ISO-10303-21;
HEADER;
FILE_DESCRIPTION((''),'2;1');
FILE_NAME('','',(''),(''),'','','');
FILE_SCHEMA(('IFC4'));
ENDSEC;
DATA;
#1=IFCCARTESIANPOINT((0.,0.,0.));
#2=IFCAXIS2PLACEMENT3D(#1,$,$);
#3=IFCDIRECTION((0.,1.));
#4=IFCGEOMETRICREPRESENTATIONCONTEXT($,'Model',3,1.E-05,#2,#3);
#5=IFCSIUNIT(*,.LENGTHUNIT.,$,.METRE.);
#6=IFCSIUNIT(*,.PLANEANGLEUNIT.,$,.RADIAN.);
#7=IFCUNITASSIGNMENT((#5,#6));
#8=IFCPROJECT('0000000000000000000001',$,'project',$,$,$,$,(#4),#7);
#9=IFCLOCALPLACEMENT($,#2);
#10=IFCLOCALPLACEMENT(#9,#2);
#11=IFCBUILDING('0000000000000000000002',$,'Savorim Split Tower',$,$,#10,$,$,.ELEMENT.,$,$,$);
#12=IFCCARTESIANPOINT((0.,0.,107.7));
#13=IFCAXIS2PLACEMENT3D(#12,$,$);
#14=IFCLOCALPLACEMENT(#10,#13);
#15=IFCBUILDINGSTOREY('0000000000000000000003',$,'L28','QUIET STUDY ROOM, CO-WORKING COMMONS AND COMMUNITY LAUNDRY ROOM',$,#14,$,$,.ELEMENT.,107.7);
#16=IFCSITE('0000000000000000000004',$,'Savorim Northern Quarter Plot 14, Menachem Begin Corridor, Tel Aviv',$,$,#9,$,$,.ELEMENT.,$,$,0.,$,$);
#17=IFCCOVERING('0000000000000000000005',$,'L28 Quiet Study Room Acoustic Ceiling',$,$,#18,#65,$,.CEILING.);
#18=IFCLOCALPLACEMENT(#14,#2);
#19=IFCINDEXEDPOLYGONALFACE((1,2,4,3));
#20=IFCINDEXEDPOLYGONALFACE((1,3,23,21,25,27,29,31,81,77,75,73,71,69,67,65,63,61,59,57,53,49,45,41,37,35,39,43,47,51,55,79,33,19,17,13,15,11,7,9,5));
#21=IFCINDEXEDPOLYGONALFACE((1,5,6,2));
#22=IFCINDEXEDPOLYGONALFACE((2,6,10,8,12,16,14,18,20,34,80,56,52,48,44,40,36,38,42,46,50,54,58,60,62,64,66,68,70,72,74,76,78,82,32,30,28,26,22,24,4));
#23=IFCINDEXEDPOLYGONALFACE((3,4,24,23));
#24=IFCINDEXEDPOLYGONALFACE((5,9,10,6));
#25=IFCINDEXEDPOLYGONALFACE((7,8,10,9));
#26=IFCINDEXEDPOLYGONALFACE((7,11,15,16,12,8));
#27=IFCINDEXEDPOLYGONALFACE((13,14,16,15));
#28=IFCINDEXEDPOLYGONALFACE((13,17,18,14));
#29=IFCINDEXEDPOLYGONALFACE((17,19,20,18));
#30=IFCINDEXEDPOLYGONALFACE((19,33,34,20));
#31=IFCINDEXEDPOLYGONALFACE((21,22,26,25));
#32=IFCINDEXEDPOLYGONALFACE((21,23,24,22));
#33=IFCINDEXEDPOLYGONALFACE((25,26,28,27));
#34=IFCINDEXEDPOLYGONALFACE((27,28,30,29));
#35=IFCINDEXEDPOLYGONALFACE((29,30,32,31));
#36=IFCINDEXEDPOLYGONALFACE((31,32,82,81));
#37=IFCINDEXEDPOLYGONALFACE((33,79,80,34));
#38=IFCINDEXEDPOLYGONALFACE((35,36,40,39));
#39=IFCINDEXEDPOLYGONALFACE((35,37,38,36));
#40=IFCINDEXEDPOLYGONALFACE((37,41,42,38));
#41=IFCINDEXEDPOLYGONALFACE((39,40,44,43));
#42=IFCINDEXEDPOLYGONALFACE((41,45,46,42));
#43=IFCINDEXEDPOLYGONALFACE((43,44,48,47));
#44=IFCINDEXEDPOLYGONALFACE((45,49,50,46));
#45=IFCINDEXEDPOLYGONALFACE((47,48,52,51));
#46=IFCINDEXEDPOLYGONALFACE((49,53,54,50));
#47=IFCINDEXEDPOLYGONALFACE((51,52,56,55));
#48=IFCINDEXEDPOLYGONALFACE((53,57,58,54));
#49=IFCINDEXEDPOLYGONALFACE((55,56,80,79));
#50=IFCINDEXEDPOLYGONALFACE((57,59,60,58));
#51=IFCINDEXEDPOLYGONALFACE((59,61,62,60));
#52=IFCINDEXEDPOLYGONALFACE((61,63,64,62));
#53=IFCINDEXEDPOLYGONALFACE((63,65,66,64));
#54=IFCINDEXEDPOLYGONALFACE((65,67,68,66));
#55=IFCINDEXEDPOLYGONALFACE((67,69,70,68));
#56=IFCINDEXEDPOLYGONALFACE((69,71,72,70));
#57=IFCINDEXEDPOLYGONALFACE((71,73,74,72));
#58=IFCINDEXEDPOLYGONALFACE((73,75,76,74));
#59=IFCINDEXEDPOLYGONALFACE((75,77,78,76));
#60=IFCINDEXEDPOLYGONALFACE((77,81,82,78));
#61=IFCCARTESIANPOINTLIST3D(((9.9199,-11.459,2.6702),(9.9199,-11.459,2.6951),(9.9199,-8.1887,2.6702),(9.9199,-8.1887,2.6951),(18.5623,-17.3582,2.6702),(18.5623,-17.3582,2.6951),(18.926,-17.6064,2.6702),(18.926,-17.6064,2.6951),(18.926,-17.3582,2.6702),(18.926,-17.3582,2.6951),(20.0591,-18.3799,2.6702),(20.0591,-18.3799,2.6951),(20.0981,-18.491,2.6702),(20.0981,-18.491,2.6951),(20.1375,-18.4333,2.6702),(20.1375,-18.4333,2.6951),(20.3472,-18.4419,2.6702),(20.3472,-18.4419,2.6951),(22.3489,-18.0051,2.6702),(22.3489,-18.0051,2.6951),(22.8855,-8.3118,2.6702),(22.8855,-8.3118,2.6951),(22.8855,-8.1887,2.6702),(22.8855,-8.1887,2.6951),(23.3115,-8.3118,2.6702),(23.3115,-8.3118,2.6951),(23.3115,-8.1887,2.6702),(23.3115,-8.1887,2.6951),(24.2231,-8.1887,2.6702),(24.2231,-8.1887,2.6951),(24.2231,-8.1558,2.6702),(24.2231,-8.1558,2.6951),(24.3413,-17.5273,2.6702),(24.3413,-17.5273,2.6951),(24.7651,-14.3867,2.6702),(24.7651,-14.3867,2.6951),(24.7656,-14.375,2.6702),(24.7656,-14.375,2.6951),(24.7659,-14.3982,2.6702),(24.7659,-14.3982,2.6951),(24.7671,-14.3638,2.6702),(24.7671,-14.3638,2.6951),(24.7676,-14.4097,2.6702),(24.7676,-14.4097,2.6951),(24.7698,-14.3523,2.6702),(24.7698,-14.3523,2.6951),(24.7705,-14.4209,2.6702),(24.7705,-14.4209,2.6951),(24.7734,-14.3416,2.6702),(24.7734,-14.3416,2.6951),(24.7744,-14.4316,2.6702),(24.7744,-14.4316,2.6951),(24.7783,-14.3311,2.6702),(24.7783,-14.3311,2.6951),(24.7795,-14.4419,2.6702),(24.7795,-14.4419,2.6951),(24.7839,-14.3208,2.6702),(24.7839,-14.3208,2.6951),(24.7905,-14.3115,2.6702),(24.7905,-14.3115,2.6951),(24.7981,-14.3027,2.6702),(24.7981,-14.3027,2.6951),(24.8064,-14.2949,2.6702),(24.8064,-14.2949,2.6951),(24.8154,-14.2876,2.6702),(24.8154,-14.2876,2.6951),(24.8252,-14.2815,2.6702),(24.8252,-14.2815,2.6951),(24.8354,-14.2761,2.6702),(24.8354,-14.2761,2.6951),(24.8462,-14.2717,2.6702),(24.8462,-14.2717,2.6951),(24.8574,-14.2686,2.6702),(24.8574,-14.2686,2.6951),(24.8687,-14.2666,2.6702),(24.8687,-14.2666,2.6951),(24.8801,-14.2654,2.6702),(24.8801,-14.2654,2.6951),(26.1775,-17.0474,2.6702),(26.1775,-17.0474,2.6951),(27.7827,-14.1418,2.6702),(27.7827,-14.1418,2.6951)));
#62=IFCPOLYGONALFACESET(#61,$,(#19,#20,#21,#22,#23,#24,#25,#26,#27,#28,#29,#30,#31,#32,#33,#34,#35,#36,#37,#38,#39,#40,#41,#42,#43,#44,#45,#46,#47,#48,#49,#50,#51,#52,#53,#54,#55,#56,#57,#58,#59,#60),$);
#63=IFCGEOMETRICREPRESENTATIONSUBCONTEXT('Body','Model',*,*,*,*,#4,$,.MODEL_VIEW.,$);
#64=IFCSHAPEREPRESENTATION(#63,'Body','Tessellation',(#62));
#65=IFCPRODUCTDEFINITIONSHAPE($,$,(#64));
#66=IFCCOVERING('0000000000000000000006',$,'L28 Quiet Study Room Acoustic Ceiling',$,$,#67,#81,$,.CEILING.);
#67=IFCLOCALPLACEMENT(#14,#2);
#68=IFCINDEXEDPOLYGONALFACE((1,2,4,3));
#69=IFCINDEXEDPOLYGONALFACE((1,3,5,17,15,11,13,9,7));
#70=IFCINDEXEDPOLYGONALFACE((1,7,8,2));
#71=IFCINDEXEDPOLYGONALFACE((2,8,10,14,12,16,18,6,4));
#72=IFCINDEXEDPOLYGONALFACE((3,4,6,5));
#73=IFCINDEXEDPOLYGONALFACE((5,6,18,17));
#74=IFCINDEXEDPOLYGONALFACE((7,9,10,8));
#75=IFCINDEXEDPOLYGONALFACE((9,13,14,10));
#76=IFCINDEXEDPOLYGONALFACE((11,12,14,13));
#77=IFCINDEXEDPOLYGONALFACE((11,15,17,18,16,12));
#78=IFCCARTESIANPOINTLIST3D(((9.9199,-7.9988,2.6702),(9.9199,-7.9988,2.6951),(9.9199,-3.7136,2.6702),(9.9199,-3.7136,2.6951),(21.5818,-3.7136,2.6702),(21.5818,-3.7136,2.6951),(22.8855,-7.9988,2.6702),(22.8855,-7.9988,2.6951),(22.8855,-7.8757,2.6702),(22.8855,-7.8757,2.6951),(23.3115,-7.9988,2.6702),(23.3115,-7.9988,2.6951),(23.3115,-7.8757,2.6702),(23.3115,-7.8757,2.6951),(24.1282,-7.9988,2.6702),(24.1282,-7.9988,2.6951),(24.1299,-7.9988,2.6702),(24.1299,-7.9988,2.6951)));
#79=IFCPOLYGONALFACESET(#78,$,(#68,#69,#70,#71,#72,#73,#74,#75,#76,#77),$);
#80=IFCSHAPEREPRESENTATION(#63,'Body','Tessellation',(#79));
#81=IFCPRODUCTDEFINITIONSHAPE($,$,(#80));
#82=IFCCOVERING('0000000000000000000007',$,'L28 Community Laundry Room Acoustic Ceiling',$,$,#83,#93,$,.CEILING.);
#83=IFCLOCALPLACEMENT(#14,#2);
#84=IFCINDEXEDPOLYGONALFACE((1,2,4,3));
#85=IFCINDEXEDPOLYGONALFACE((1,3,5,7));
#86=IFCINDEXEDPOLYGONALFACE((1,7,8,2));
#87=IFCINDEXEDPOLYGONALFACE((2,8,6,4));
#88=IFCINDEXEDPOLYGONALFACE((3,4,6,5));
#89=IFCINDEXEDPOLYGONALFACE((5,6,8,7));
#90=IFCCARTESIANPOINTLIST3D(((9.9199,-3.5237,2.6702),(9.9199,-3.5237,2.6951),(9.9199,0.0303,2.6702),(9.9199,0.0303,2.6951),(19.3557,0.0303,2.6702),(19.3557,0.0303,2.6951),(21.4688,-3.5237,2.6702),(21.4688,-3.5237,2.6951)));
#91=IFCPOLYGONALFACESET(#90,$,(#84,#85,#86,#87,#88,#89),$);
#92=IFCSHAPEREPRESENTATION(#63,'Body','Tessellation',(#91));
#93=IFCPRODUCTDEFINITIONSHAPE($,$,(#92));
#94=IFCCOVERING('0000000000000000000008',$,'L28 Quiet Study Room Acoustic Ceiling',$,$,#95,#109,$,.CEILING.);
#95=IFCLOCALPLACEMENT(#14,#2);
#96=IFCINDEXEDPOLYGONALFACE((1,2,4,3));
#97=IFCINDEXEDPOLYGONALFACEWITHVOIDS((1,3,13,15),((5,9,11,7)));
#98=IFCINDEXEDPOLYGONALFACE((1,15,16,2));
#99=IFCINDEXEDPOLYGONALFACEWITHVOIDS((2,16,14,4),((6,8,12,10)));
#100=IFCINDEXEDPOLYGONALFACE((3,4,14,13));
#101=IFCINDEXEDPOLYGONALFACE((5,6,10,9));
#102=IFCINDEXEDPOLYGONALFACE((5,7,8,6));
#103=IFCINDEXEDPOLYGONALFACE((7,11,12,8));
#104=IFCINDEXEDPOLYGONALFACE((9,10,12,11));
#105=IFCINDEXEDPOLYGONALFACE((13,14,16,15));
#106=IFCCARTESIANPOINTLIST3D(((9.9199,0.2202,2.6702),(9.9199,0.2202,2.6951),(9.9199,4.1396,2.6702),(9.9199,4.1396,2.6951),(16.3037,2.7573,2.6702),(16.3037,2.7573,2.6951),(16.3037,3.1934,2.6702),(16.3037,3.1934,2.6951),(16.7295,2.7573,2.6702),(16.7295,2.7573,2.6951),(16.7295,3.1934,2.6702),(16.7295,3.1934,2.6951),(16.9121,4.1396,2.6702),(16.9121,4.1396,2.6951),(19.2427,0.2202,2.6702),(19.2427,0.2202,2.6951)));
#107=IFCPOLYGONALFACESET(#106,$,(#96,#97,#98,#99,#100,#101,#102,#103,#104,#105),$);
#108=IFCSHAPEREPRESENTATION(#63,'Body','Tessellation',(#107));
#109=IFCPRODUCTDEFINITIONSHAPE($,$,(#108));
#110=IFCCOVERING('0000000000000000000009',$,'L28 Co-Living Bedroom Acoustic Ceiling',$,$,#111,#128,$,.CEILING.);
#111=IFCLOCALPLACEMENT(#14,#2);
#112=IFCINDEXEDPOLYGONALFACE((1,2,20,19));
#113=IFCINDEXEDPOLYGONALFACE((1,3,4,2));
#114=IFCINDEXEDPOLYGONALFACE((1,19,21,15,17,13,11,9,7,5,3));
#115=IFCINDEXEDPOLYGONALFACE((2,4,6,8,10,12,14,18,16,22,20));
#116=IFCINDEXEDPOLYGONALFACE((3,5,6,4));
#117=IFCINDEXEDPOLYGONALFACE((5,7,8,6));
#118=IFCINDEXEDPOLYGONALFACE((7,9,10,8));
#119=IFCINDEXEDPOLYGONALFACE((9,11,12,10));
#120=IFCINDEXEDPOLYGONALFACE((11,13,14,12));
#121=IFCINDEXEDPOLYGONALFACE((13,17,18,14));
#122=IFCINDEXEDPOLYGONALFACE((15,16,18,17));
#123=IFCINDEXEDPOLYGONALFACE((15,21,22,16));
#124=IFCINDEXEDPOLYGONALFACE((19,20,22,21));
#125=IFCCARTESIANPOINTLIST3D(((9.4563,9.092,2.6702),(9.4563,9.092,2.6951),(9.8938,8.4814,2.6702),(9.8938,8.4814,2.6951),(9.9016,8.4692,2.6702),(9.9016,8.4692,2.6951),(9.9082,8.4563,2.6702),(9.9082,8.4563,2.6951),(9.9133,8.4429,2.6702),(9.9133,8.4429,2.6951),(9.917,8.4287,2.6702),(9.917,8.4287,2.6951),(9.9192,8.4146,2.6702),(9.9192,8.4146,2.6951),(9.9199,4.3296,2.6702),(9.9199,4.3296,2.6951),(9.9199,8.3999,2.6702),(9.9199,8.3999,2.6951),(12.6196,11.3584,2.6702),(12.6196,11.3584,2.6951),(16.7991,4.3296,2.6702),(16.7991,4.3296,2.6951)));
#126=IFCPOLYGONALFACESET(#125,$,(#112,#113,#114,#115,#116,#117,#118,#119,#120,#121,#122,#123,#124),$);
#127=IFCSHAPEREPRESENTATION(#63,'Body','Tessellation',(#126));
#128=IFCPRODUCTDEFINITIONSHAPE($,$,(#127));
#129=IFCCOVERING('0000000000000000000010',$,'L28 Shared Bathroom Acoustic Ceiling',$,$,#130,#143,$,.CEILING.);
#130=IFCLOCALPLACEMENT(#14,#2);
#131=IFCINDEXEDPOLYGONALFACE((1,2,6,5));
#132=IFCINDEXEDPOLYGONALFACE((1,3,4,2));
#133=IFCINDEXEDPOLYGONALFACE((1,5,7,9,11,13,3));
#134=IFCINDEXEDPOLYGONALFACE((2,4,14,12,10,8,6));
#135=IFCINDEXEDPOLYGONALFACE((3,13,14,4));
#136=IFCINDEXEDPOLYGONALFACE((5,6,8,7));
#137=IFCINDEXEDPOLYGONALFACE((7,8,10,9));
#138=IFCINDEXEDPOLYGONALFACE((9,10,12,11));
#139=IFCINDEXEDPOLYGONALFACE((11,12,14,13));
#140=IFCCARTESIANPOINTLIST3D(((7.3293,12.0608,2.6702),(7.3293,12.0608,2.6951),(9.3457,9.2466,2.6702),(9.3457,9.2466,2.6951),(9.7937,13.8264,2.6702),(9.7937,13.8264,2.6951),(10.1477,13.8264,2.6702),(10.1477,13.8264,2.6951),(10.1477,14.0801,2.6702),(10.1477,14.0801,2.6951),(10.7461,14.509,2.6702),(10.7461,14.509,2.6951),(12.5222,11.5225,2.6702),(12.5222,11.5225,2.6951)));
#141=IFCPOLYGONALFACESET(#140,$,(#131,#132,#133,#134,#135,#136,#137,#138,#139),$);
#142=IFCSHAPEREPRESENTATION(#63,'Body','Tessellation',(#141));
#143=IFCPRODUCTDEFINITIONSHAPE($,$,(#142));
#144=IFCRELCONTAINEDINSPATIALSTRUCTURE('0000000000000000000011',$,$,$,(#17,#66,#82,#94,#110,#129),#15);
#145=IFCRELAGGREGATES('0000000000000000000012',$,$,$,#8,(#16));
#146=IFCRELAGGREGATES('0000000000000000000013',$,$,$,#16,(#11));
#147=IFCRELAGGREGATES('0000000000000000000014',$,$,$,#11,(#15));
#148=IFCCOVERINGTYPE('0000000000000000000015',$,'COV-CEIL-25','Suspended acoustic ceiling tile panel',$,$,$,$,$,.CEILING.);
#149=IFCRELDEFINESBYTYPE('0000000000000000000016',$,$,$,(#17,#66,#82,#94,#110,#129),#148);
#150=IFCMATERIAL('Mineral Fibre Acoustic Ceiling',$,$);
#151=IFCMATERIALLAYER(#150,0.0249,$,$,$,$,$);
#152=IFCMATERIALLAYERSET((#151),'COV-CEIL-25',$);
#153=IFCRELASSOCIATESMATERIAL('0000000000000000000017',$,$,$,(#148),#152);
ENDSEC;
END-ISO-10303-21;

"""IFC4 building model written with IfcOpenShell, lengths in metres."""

from ifc_helpers import new_model, si_unit, direction, frame, origin, place, context, subcontext, project, spatial, polyline, outline, extrude, material, layer, layer_set, type_object, element, save


model = new_model("IFC4")

# Units and contexts
model_context = context("Model", 3, precision=1e-05, world=origin(), true_north=direction((0.0, 1.0)))
body_context = subcontext(model_context, "Body", "Model", "MODEL_VIEW")
ifc_project = project(units=[si_unit("LENGTHUNIT", "METRE"), si_unit("PLANEANGLEUNIT", "RADIAN")], contexts=[model_context])

# Site, building, storey
site_placement = place(None, origin())
site = spatial("IfcSite", under=ifc_project, at=site_placement, Name="Savorim Northern Quarter Plot 14, Menachem Begin Corridor, Tel Aviv", CompositionType="ELEMENT", RefElevation=0.0)
building_placement = place(site_placement, origin())
building = spatial("IfcBuilding", under=site, at=building_placement, Name="Savorim Split Tower", CompositionType="ELEMENT")
storey_placement = place(building_placement, frame((0.0, 0.0, 107.7)))
storey = spatial("IfcBuildingStorey", under=building, at=storey_placement, Name="L28", Description="QUIET STUDY ROOM, CO-WORKING COMMONS AND COMMUNITY LAUNDRY ROOM", CompositionType="ELEMENT", Elevation=107.7)

# Coverings
ifc_material_1 = material(Name="Mineral Fibre Acoustic Ceiling")
ifc_layer_1 = layer(ifc_material_1, 0.0249)
ifc_layer_set_1 = layer_set([ifc_layer_1], Name="COV-CEIL-25")
covering_type_1 = type_object("IfcCoveringType", Name="COV-CEIL-25", Description="Suspended acoustic ceiling tile panel", PredefinedType="CEILING", material=ifc_layer_set_1)
covering_1_placement = place(storey_placement, frame((0.0, 0.0, 2.6702)))
element("IfcCovering", 1, at=covering_1_placement, inside=storey, type_object=covering_type_1, Name="L28 Quiet Study Room Acoustic Ceiling", PredefinedType="CEILING", context=body_context, shape_type="SweptSolid", body=[
    extrude(outline(polyline([(24.8574, -14.2686), (24.8687, -14.2666), (24.8801, -14.2654), (27.7827, -14.1418), (24.2231, -8.1558), (24.2231, -8.1887), (23.3115, -8.1887), (23.3115, -8.3118), (22.8855, -8.3118), (22.8855, -8.1887), (9.9199, -8.1887), (9.9199, -11.459), (18.5623, -17.3582), (18.926, -17.3582), (18.926, -17.6064), (20.0591, -18.3799), (20.1375, -18.4333), (20.0981, -18.491), (20.3472, -18.4419), (22.3489, -18.0051), (24.3413, -17.5273), (26.1775, -17.0474), (24.7795, -14.4419), (24.7744, -14.4316), (24.7705, -14.4209), (24.7676, -14.4097), (24.7659, -14.3982), (24.7651, -14.3867), (24.7656, -14.375), (24.7671, -14.3638), (24.7698, -14.3523), (24.7734, -14.3416), (24.7783, -14.3311), (24.7839, -14.3208), (24.7905, -14.3115), (24.7981, -14.3027), (24.8064, -14.2949), (24.8154, -14.2876), (24.8252, -14.2815), (24.8354, -14.2761), (24.8462, -14.2717), (24.8574, -14.2686)])), origin(), (0.0, 0.0, 1.0), 0.0249),
])
covering_2_placement = place(storey_placement, frame((0.0, 0.0, 2.6702)))
element("IfcCovering", 2, at=covering_2_placement, inside=storey, type_object=covering_type_1, Name="L28 Quiet Study Room Acoustic Ceiling", PredefinedType="CEILING", context=body_context, shape_type="SweptSolid", body=[
    extrude(outline(polyline([(23.3115, -7.8757), (23.3115, -7.9988), (24.1282, -7.9988), (24.1299, -7.9988), (21.5818, -3.7136), (9.9199, -3.7136), (9.9199, -7.9988), (22.8855, -7.9988), (22.8855, -7.8757), (23.3115, -7.8757)])), origin(), (0.0, 0.0, 1.0), 0.0249),
])
covering_3_placement = place(storey_placement, frame((0.0, 0.0, 2.6702)))
element("IfcCovering", 3, at=covering_3_placement, inside=storey, type_object=covering_type_1, Name="L28 Community Laundry Room Acoustic Ceiling", PredefinedType="CEILING", context=body_context, shape_type="SweptSolid", body=[
    extrude(outline(polyline([(21.4688, -3.5237), (19.3557, 0.0303), (9.9199, 0.0303), (9.9199, -3.5237), (21.4688, -3.5237)])), origin(), (0.0, 0.0, 1.0), 0.0249),
])
covering_4_placement = place(storey_placement, frame((0.0, 0.0, 2.6702)))
element("IfcCovering", 4, at=covering_4_placement, inside=storey, type_object=covering_type_1, Name="L28 Quiet Study Room Acoustic Ceiling", PredefinedType="CEILING", context=body_context, shape_type="SweptSolid", body=[
    extrude(outline(polyline([(19.2427, 0.2202), (16.9121, 4.1396), (9.9199, 4.1396), (9.9199, 0.2202), (19.2427, 0.2202)]), holes=[polyline([(16.7295, 2.7573), (16.7295, 3.1934), (16.3037, 3.1934), (16.3037, 2.7573), (16.7295, 2.7573)])]), origin(), (0.0, 0.0, 1.0), 0.0249),
])
covering_5_placement = place(storey_placement, frame((0.0, 0.0, 2.6702)))
element("IfcCovering", 5, at=covering_5_placement, inside=storey, type_object=covering_type_1, Name="L28 Co-Living Bedroom Acoustic Ceiling", PredefinedType="CEILING", context=body_context, shape_type="SweptSolid", body=[
    extrude(outline(polyline([(9.917, 8.4287), (9.9192, 8.4146), (9.9199, 8.3999), (9.9199, 4.3296), (16.7991, 4.3296), (12.6196, 11.3584), (9.4563, 9.092), (9.8938, 8.4814), (9.9016, 8.4692), (9.9082, 8.4563), (9.9133, 8.4429), (9.917, 8.4287)])), origin(), (0.0, 0.0, 1.0), 0.0249),
])
covering_6_placement = place(storey_placement, frame((0.0, 0.0, 2.6702)))
element("IfcCovering", 6, at=covering_6_placement, inside=storey, type_object=covering_type_1, Name="L28 Shared Bathroom Acoustic Ceiling", PredefinedType="CEILING", context=body_context, shape_type="SweptSolid", body=[
    extrude(outline(polyline([(9.7937, 13.8264), (7.3293, 12.0608), (7.3293, 12.0608), (9.3457, 9.2466), (12.5222, 11.5225), (10.7461, 14.509), (10.1477, 14.0801), (10.1477, 13.8264), (9.7937, 13.8264)])), origin(), (0.0, 0.0, 1.0), 0.0249),
])

save(model, "model.ifc")
